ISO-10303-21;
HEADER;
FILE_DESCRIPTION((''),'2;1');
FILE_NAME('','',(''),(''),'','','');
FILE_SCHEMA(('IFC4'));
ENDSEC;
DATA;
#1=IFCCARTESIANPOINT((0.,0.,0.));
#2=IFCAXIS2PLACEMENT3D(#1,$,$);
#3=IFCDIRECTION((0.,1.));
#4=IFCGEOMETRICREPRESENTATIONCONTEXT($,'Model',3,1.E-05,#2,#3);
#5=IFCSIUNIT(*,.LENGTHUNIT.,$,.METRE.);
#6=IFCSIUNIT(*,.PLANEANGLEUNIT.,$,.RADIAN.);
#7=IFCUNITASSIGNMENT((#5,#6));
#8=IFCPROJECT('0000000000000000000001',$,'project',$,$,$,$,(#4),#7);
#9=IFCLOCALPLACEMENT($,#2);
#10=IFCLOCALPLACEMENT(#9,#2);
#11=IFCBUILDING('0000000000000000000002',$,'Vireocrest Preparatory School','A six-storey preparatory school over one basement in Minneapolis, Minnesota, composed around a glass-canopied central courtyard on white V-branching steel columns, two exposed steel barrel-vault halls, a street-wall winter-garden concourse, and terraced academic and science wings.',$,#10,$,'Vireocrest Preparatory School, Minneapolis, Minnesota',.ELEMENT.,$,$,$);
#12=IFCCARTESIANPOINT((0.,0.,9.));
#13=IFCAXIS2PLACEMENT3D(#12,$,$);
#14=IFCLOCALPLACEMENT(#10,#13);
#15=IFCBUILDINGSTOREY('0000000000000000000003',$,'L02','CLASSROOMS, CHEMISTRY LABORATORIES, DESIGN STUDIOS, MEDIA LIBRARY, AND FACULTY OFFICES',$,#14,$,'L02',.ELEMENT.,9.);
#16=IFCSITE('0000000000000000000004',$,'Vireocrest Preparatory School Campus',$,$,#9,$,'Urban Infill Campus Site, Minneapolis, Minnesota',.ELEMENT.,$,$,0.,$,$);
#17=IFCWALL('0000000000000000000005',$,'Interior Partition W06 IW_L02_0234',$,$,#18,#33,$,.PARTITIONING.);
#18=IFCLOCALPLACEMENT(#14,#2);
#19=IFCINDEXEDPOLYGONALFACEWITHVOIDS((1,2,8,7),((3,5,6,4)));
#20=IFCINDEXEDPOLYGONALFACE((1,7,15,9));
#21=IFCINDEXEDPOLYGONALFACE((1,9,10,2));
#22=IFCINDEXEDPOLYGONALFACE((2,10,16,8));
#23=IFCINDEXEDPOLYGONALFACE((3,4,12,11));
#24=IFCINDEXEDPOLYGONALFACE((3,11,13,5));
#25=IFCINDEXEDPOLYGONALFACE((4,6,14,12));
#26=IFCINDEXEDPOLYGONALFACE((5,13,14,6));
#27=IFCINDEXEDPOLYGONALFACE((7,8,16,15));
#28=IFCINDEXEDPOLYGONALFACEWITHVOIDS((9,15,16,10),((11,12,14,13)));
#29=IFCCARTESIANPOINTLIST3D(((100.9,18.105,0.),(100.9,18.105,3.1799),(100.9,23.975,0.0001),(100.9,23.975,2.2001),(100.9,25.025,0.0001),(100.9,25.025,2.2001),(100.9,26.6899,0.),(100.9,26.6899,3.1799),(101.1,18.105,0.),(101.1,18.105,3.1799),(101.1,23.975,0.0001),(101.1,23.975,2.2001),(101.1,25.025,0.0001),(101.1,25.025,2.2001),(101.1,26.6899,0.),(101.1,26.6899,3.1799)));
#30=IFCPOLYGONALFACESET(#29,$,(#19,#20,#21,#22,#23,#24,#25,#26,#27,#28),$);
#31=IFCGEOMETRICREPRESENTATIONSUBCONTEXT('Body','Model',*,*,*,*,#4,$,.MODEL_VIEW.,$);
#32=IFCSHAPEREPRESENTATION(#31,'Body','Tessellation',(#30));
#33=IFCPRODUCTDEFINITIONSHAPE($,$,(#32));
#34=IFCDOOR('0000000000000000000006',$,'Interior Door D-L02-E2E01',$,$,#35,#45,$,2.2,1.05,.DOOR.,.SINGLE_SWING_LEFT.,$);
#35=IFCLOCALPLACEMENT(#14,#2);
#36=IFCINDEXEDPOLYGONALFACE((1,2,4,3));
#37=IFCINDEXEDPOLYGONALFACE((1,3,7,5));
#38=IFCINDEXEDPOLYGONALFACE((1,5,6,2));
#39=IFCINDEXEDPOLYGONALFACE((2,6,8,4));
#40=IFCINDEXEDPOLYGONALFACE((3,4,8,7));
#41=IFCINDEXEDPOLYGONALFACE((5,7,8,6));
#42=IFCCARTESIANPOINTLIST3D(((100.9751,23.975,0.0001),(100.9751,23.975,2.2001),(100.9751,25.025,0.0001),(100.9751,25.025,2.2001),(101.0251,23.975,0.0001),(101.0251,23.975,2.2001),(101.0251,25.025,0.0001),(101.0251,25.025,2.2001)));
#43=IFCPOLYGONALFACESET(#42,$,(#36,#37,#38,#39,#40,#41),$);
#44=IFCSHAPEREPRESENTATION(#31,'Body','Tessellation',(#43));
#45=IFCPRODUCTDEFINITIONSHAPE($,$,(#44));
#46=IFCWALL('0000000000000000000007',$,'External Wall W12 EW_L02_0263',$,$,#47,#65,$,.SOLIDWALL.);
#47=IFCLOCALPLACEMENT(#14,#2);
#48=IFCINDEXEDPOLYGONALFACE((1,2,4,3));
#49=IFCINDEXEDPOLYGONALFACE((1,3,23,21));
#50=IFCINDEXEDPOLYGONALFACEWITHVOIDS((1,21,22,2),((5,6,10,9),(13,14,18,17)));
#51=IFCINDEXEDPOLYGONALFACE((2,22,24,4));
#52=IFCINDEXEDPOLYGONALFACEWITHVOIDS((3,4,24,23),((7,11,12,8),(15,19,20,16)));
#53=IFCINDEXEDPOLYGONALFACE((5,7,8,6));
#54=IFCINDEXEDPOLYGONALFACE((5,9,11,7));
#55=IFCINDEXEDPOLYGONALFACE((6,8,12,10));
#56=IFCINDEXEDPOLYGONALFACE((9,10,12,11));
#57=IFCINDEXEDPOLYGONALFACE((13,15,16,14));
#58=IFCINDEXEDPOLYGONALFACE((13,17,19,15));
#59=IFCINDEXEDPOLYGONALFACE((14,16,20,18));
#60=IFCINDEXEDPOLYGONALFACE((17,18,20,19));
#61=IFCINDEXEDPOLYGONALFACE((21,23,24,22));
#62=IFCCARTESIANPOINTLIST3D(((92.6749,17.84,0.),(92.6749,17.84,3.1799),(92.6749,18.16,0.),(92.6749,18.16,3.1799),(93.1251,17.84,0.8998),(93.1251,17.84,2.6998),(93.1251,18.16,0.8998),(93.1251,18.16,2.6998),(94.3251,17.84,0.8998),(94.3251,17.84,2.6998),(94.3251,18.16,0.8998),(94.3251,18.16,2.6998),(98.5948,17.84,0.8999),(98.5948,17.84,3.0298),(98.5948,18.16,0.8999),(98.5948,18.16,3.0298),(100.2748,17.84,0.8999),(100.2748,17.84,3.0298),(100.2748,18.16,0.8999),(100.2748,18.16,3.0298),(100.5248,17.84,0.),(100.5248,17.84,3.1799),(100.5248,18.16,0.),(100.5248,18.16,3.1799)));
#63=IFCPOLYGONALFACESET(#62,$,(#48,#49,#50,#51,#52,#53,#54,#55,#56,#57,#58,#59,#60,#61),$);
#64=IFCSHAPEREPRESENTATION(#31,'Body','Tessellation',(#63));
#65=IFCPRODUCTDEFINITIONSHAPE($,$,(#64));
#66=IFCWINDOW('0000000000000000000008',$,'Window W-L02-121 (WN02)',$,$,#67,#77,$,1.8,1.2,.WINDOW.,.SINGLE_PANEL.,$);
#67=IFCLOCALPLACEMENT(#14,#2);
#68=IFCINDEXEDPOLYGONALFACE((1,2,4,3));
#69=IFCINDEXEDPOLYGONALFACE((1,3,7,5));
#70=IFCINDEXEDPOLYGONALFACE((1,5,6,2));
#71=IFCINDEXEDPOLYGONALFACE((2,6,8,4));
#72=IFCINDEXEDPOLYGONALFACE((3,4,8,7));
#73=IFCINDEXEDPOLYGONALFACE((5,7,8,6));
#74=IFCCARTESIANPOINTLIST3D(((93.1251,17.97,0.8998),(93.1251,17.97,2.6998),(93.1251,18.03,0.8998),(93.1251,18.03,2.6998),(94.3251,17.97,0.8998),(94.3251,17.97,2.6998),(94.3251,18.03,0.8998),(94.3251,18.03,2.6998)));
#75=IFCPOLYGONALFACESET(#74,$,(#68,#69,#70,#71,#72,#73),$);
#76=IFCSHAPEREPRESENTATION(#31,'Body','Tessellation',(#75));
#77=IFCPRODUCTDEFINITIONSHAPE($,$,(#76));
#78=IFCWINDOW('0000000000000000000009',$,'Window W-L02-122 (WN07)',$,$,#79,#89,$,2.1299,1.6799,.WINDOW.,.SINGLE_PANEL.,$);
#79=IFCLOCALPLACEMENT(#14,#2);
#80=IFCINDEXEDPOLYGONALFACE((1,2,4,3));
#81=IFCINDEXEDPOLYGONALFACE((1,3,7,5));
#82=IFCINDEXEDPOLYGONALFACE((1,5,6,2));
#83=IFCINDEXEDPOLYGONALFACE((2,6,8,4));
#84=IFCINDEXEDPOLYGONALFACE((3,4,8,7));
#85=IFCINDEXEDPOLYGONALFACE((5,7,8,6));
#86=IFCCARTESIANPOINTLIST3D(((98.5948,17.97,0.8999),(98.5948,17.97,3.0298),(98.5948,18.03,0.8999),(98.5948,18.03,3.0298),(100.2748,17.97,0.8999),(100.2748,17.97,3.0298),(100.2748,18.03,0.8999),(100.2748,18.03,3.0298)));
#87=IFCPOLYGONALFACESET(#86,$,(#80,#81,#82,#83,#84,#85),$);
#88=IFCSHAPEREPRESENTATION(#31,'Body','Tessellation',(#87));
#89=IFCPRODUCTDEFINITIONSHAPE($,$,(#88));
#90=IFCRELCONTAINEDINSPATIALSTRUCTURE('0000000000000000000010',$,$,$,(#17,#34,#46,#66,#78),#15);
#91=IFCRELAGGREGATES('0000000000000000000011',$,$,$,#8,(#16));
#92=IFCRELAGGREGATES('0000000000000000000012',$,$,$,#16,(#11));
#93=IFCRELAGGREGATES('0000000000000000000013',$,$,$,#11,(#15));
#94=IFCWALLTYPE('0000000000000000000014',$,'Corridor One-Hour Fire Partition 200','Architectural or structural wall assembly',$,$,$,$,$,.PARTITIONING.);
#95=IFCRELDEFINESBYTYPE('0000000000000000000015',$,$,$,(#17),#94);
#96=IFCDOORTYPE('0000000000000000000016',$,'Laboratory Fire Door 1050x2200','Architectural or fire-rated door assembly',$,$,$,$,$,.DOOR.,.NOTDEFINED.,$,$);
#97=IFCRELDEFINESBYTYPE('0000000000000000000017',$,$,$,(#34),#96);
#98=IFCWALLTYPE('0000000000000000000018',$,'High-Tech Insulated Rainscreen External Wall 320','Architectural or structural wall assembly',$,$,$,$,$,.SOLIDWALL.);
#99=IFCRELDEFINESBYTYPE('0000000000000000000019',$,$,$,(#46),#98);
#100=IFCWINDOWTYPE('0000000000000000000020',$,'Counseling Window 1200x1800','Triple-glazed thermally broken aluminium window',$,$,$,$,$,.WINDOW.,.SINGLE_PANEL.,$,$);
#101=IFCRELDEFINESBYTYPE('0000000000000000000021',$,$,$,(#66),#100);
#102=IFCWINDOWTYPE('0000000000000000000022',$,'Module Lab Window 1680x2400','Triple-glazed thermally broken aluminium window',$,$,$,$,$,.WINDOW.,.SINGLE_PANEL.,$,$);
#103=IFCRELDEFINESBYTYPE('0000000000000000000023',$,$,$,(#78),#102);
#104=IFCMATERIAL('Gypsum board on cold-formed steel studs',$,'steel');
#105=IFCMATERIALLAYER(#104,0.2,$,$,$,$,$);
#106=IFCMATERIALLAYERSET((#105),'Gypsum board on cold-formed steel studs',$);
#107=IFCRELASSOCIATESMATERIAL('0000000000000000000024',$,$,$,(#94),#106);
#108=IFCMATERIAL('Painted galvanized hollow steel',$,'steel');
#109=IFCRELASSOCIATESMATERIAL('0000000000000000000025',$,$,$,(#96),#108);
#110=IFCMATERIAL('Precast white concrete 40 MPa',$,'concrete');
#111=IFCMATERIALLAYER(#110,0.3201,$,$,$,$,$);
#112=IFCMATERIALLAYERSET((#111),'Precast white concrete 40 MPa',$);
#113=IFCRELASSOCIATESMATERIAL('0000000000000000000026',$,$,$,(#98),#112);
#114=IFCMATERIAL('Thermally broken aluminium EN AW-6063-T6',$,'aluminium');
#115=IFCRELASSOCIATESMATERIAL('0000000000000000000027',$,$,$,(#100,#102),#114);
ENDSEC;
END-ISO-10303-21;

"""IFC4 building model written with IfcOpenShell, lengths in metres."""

from ifc_helpers import new_model, si_unit, direction, frame, frame_2d, origin, place, context, subcontext, project, spatial, rectangle, extrude, material, layer, layer_set, type_object, element, fill, save


model = new_model("IFC4")

# Units and contexts
model_context = context("Model", 3, precision=1e-05, world=origin(), true_north=direction((0.0, 1.0)))
body_context = subcontext(model_context, "Body", "Model", "MODEL_VIEW")
ifc_project = project(units=[si_unit("LENGTHUNIT", "METRE"), si_unit("PLANEANGLEUNIT", "RADIAN")], contexts=[model_context])

# Site, building, storey
site_placement = place(None, origin())
site = spatial("IfcSite", under=ifc_project, at=site_placement, Name="Vireocrest Preparatory School Campus", LongName="Urban Infill Campus Site, Minneapolis, Minnesota", CompositionType="ELEMENT", RefElevation=0.0)
building_placement = place(site_placement, origin())
building = spatial("IfcBuilding", under=site, at=building_placement, Name="Vireocrest Preparatory School", Description="A six-storey preparatory school over one basement in Minneapolis, Minnesota, composed around a glass-canopied central courtyard on white V-branching steel columns, two exposed steel barrel-vault halls, a street-wall winter-garden concourse, and terraced academic and science wings.", LongName="Vireocrest Preparatory School, Minneapolis, Minnesota", CompositionType="ELEMENT")
storey_placement = place(building_placement, frame((0.0, 0.0, 9.0)))
storey = spatial("IfcBuildingStorey", under=building, at=storey_placement, Name="L02", Description="CLASSROOMS, CHEMISTRY LABORATORIES, DESIGN STUDIOS, MEDIA LIBRARY, AND FACULTY OFFICES", LongName="L02", CompositionType="ELEMENT", Elevation=9.0)

# Shared definitions
ifc_material_1 = material(Name="Thermally broken aluminium EN AW-6063-T6", Category="aluminium")

# Shared definitions
ifc_material_2 = material(Name="Gypsum board on cold-formed steel studs", Category="steel")
ifc_layer_1 = layer(ifc_material_2, 0.2)
ifc_layer_set_1 = layer_set([ifc_layer_1], Name="Gypsum board on cold-formed steel studs")
wall_type_1 = type_object("IfcWallType", Name="Corridor One-Hour Fire Partition 200", Description="Architectural or structural wall assembly", PredefinedType="PARTITIONING", material=ifc_layer_set_1)

# Wall, opening, door
wall_1_placement = place(storey_placement, frame((101.0, 18.105, 0.0), z_axis=(0.0, 0.0, 1.0), x_axis=(0.0, 1.0, 0.0)))
wall_1 = element("IfcWall", 1, at=wall_1_placement, inside=storey, type_object=wall_type_1, Name="Interior Partition W06 IW_L02_0234", PredefinedType="PARTITIONING", context=body_context, shape_type="SweptSolid", body=[
    extrude(rectangle(XDim=8.585, YDim=0.2, at=frame_2d((4.2925, 0.0))), origin(), (0.0, 0.0, 1.0), 3.1799),
])
opening_1_placement = place(wall_1_placement, frame((5.8701, 0.0, 0.0)))
opening_1 = element("IfcOpeningElement", 2, at=opening_1_placement, cuts=wall_1, PredefinedType="OPENING", context=body_context, shape_type="SweptSolid", body=[
    extrude(rectangle(XDim=1.05, YDim=2.2, at=frame_2d((0.5249, 1.1001))), frame((0.0, 0.1099, 0.0), z_axis=(0.0, -1.0, 0.0), x_axis=(1.0, 0.0, 0.0)), (0.0, 0.0, 1.0), 0.22),
])
ifc_material_3 = material(Name="Painted galvanized hollow steel", Category="steel")
door_type_1 = type_object("IfcDoorType", Name="Laboratory Fire Door 1050x2200", Description="Architectural or fire-rated door assembly", OperationType="NOTDEFINED", PredefinedType="DOOR", material=ifc_material_3)
door_1_placement = place(opening_1_placement, origin())
door_1 = element("IfcDoor", 3, at=door_1_placement, inside=storey, type_object=door_type_1, Name="Interior Door D-L02-E2E01", OperationType="SINGLE_SWING_LEFT", OverallHeight=2.2, OverallWidth=1.05, PredefinedType="DOOR", context=body_context, shape_type="SweptSolid", body=[
    extrude(rectangle(XDim=1.05, YDim=2.2, at=frame_2d((0.5249, 1.1001))), frame((0.0, 0.0249, 0.0), z_axis=(0.0, -1.0, 0.0), x_axis=(1.0, 0.0, 0.0)), (0.0, 0.0, 1.0), 0.05),
])
fill(opening_1, door_1)

# Wall, openings, windows
ifc_material_4 = material(Name="Precast white concrete 40 MPa", Category="concrete")
ifc_layer_2 = layer(ifc_material_4, 0.3201)
ifc_layer_set_2 = layer_set([ifc_layer_2], Name="Precast white concrete 40 MPa")
wall_type_2 = type_object("IfcWallType", Name="High-Tech Insulated Rainscreen External Wall 320", Description="Architectural or structural wall assembly", PredefinedType="SOLIDWALL", material=ifc_layer_set_2)
wall_2_placement = place(storey_placement, frame((92.675, 18.0, 0.0), z_axis=(0.0, 0.0, 1.0), x_axis=(1.0, 0.0, 0.0)))
wall_2 = element("IfcWall", 4, at=wall_2_placement, inside=storey, type_object=wall_type_2, Name="External Wall W12 EW_L02_0263", PredefinedType="SOLIDWALL", context=body_context, shape_type="SweptSolid", body=[
    extrude(rectangle(XDim=7.8499, YDim=0.3201, at=frame_2d((3.9248, 0.0))), origin(), (0.0, 0.0, 1.0), 3.1799),
])
opening_2_placement = place(wall_2_placement, frame((0.45, 0.0, 0.8999)))
opening_2 = element("IfcOpeningElement", 5, at=opening_2_placement, cuts=wall_2, PredefinedType="OPENING", context=body_context, shape_type="SweptSolid", body=[
    extrude(rectangle(XDim=1.2, YDim=1.8, at=frame_2d((0.6001, 0.8999))), frame((0.0, 0.1699, 0.0), z_axis=(0.0, -1.0, 0.0), x_axis=(1.0, 0.0, 0.0)), (0.0, 0.0, 1.0), 0.3401),
])
opening_3_placement = place(wall_2_placement, frame((5.9199, 0.0, 0.8999)))
opening_3 = element("IfcOpeningElement", 6, at=opening_3_placement, cuts=wall_2, PredefinedType="OPENING", context=body_context, shape_type="SweptSolid", body=[
    extrude(rectangle(XDim=1.6799, YDim=2.1299, at=frame_2d((0.8398, 1.0649))), frame((0.0, 0.1699, 0.0), z_axis=(0.0, -1.0, 0.0), x_axis=(1.0, 0.0, 0.0)), (0.0, 0.0, 1.0), 0.3401),
])
window_type_1 = type_object("IfcWindowType", Name="Counseling Window 1200x1800", Description="Triple-glazed thermally broken aluminium window", PartitioningType="SINGLE_PANEL", PredefinedType="WINDOW", material=ifc_material_1)
window_1_placement = place(opening_2_placement, origin())
window_1 = element("IfcWindow", 7, at=window_1_placement, inside=storey, type_object=window_type_1, Name="Window W-L02-121 (WN02)", OverallHeight=1.8, OverallWidth=1.2, PartitioningType="SINGLE_PANEL", PredefinedType="WINDOW", context=body_context, shape_type="SweptSolid", body=[
    extrude(rectangle(XDim=1.2, YDim=1.8, at=frame_2d((0.6001, 0.8999))), frame((0.0, 0.03, 0.0), z_axis=(0.0, -1.0, 0.0), x_axis=(1.0, 0.0, 0.0)), (0.0, 0.0, 1.0), 0.0601),
])
fill(opening_2, window_1)
window_type_2 = type_object("IfcWindowType", Name="Module Lab Window 1680x2400", Description="Triple-glazed thermally broken aluminium window", PartitioningType="SINGLE_PANEL", PredefinedType="WINDOW", material=ifc_material_1)
window_2_placement = place(opening_3_placement, origin())
window_2 = element("IfcWindow", 8, at=window_2_placement, inside=storey, type_object=window_type_2, Name="Window W-L02-122 (WN07)", OverallHeight=2.1299, OverallWidth=1.6799, PartitioningType="SINGLE_PANEL", PredefinedType="WINDOW", context=body_context, shape_type="SweptSolid", body=[
    extrude(rectangle(XDim=1.6799, YDim=2.1299, at=frame_2d((0.8398, 1.0649))), frame((0.0, 0.03, 0.0), z_axis=(0.0, -1.0, 0.0), x_axis=(1.0, 0.0, 0.0)), (0.0, 0.0, 1.0), 0.0601),
])
fill(opening_3, window_2)

save(model, "model.ifc")
